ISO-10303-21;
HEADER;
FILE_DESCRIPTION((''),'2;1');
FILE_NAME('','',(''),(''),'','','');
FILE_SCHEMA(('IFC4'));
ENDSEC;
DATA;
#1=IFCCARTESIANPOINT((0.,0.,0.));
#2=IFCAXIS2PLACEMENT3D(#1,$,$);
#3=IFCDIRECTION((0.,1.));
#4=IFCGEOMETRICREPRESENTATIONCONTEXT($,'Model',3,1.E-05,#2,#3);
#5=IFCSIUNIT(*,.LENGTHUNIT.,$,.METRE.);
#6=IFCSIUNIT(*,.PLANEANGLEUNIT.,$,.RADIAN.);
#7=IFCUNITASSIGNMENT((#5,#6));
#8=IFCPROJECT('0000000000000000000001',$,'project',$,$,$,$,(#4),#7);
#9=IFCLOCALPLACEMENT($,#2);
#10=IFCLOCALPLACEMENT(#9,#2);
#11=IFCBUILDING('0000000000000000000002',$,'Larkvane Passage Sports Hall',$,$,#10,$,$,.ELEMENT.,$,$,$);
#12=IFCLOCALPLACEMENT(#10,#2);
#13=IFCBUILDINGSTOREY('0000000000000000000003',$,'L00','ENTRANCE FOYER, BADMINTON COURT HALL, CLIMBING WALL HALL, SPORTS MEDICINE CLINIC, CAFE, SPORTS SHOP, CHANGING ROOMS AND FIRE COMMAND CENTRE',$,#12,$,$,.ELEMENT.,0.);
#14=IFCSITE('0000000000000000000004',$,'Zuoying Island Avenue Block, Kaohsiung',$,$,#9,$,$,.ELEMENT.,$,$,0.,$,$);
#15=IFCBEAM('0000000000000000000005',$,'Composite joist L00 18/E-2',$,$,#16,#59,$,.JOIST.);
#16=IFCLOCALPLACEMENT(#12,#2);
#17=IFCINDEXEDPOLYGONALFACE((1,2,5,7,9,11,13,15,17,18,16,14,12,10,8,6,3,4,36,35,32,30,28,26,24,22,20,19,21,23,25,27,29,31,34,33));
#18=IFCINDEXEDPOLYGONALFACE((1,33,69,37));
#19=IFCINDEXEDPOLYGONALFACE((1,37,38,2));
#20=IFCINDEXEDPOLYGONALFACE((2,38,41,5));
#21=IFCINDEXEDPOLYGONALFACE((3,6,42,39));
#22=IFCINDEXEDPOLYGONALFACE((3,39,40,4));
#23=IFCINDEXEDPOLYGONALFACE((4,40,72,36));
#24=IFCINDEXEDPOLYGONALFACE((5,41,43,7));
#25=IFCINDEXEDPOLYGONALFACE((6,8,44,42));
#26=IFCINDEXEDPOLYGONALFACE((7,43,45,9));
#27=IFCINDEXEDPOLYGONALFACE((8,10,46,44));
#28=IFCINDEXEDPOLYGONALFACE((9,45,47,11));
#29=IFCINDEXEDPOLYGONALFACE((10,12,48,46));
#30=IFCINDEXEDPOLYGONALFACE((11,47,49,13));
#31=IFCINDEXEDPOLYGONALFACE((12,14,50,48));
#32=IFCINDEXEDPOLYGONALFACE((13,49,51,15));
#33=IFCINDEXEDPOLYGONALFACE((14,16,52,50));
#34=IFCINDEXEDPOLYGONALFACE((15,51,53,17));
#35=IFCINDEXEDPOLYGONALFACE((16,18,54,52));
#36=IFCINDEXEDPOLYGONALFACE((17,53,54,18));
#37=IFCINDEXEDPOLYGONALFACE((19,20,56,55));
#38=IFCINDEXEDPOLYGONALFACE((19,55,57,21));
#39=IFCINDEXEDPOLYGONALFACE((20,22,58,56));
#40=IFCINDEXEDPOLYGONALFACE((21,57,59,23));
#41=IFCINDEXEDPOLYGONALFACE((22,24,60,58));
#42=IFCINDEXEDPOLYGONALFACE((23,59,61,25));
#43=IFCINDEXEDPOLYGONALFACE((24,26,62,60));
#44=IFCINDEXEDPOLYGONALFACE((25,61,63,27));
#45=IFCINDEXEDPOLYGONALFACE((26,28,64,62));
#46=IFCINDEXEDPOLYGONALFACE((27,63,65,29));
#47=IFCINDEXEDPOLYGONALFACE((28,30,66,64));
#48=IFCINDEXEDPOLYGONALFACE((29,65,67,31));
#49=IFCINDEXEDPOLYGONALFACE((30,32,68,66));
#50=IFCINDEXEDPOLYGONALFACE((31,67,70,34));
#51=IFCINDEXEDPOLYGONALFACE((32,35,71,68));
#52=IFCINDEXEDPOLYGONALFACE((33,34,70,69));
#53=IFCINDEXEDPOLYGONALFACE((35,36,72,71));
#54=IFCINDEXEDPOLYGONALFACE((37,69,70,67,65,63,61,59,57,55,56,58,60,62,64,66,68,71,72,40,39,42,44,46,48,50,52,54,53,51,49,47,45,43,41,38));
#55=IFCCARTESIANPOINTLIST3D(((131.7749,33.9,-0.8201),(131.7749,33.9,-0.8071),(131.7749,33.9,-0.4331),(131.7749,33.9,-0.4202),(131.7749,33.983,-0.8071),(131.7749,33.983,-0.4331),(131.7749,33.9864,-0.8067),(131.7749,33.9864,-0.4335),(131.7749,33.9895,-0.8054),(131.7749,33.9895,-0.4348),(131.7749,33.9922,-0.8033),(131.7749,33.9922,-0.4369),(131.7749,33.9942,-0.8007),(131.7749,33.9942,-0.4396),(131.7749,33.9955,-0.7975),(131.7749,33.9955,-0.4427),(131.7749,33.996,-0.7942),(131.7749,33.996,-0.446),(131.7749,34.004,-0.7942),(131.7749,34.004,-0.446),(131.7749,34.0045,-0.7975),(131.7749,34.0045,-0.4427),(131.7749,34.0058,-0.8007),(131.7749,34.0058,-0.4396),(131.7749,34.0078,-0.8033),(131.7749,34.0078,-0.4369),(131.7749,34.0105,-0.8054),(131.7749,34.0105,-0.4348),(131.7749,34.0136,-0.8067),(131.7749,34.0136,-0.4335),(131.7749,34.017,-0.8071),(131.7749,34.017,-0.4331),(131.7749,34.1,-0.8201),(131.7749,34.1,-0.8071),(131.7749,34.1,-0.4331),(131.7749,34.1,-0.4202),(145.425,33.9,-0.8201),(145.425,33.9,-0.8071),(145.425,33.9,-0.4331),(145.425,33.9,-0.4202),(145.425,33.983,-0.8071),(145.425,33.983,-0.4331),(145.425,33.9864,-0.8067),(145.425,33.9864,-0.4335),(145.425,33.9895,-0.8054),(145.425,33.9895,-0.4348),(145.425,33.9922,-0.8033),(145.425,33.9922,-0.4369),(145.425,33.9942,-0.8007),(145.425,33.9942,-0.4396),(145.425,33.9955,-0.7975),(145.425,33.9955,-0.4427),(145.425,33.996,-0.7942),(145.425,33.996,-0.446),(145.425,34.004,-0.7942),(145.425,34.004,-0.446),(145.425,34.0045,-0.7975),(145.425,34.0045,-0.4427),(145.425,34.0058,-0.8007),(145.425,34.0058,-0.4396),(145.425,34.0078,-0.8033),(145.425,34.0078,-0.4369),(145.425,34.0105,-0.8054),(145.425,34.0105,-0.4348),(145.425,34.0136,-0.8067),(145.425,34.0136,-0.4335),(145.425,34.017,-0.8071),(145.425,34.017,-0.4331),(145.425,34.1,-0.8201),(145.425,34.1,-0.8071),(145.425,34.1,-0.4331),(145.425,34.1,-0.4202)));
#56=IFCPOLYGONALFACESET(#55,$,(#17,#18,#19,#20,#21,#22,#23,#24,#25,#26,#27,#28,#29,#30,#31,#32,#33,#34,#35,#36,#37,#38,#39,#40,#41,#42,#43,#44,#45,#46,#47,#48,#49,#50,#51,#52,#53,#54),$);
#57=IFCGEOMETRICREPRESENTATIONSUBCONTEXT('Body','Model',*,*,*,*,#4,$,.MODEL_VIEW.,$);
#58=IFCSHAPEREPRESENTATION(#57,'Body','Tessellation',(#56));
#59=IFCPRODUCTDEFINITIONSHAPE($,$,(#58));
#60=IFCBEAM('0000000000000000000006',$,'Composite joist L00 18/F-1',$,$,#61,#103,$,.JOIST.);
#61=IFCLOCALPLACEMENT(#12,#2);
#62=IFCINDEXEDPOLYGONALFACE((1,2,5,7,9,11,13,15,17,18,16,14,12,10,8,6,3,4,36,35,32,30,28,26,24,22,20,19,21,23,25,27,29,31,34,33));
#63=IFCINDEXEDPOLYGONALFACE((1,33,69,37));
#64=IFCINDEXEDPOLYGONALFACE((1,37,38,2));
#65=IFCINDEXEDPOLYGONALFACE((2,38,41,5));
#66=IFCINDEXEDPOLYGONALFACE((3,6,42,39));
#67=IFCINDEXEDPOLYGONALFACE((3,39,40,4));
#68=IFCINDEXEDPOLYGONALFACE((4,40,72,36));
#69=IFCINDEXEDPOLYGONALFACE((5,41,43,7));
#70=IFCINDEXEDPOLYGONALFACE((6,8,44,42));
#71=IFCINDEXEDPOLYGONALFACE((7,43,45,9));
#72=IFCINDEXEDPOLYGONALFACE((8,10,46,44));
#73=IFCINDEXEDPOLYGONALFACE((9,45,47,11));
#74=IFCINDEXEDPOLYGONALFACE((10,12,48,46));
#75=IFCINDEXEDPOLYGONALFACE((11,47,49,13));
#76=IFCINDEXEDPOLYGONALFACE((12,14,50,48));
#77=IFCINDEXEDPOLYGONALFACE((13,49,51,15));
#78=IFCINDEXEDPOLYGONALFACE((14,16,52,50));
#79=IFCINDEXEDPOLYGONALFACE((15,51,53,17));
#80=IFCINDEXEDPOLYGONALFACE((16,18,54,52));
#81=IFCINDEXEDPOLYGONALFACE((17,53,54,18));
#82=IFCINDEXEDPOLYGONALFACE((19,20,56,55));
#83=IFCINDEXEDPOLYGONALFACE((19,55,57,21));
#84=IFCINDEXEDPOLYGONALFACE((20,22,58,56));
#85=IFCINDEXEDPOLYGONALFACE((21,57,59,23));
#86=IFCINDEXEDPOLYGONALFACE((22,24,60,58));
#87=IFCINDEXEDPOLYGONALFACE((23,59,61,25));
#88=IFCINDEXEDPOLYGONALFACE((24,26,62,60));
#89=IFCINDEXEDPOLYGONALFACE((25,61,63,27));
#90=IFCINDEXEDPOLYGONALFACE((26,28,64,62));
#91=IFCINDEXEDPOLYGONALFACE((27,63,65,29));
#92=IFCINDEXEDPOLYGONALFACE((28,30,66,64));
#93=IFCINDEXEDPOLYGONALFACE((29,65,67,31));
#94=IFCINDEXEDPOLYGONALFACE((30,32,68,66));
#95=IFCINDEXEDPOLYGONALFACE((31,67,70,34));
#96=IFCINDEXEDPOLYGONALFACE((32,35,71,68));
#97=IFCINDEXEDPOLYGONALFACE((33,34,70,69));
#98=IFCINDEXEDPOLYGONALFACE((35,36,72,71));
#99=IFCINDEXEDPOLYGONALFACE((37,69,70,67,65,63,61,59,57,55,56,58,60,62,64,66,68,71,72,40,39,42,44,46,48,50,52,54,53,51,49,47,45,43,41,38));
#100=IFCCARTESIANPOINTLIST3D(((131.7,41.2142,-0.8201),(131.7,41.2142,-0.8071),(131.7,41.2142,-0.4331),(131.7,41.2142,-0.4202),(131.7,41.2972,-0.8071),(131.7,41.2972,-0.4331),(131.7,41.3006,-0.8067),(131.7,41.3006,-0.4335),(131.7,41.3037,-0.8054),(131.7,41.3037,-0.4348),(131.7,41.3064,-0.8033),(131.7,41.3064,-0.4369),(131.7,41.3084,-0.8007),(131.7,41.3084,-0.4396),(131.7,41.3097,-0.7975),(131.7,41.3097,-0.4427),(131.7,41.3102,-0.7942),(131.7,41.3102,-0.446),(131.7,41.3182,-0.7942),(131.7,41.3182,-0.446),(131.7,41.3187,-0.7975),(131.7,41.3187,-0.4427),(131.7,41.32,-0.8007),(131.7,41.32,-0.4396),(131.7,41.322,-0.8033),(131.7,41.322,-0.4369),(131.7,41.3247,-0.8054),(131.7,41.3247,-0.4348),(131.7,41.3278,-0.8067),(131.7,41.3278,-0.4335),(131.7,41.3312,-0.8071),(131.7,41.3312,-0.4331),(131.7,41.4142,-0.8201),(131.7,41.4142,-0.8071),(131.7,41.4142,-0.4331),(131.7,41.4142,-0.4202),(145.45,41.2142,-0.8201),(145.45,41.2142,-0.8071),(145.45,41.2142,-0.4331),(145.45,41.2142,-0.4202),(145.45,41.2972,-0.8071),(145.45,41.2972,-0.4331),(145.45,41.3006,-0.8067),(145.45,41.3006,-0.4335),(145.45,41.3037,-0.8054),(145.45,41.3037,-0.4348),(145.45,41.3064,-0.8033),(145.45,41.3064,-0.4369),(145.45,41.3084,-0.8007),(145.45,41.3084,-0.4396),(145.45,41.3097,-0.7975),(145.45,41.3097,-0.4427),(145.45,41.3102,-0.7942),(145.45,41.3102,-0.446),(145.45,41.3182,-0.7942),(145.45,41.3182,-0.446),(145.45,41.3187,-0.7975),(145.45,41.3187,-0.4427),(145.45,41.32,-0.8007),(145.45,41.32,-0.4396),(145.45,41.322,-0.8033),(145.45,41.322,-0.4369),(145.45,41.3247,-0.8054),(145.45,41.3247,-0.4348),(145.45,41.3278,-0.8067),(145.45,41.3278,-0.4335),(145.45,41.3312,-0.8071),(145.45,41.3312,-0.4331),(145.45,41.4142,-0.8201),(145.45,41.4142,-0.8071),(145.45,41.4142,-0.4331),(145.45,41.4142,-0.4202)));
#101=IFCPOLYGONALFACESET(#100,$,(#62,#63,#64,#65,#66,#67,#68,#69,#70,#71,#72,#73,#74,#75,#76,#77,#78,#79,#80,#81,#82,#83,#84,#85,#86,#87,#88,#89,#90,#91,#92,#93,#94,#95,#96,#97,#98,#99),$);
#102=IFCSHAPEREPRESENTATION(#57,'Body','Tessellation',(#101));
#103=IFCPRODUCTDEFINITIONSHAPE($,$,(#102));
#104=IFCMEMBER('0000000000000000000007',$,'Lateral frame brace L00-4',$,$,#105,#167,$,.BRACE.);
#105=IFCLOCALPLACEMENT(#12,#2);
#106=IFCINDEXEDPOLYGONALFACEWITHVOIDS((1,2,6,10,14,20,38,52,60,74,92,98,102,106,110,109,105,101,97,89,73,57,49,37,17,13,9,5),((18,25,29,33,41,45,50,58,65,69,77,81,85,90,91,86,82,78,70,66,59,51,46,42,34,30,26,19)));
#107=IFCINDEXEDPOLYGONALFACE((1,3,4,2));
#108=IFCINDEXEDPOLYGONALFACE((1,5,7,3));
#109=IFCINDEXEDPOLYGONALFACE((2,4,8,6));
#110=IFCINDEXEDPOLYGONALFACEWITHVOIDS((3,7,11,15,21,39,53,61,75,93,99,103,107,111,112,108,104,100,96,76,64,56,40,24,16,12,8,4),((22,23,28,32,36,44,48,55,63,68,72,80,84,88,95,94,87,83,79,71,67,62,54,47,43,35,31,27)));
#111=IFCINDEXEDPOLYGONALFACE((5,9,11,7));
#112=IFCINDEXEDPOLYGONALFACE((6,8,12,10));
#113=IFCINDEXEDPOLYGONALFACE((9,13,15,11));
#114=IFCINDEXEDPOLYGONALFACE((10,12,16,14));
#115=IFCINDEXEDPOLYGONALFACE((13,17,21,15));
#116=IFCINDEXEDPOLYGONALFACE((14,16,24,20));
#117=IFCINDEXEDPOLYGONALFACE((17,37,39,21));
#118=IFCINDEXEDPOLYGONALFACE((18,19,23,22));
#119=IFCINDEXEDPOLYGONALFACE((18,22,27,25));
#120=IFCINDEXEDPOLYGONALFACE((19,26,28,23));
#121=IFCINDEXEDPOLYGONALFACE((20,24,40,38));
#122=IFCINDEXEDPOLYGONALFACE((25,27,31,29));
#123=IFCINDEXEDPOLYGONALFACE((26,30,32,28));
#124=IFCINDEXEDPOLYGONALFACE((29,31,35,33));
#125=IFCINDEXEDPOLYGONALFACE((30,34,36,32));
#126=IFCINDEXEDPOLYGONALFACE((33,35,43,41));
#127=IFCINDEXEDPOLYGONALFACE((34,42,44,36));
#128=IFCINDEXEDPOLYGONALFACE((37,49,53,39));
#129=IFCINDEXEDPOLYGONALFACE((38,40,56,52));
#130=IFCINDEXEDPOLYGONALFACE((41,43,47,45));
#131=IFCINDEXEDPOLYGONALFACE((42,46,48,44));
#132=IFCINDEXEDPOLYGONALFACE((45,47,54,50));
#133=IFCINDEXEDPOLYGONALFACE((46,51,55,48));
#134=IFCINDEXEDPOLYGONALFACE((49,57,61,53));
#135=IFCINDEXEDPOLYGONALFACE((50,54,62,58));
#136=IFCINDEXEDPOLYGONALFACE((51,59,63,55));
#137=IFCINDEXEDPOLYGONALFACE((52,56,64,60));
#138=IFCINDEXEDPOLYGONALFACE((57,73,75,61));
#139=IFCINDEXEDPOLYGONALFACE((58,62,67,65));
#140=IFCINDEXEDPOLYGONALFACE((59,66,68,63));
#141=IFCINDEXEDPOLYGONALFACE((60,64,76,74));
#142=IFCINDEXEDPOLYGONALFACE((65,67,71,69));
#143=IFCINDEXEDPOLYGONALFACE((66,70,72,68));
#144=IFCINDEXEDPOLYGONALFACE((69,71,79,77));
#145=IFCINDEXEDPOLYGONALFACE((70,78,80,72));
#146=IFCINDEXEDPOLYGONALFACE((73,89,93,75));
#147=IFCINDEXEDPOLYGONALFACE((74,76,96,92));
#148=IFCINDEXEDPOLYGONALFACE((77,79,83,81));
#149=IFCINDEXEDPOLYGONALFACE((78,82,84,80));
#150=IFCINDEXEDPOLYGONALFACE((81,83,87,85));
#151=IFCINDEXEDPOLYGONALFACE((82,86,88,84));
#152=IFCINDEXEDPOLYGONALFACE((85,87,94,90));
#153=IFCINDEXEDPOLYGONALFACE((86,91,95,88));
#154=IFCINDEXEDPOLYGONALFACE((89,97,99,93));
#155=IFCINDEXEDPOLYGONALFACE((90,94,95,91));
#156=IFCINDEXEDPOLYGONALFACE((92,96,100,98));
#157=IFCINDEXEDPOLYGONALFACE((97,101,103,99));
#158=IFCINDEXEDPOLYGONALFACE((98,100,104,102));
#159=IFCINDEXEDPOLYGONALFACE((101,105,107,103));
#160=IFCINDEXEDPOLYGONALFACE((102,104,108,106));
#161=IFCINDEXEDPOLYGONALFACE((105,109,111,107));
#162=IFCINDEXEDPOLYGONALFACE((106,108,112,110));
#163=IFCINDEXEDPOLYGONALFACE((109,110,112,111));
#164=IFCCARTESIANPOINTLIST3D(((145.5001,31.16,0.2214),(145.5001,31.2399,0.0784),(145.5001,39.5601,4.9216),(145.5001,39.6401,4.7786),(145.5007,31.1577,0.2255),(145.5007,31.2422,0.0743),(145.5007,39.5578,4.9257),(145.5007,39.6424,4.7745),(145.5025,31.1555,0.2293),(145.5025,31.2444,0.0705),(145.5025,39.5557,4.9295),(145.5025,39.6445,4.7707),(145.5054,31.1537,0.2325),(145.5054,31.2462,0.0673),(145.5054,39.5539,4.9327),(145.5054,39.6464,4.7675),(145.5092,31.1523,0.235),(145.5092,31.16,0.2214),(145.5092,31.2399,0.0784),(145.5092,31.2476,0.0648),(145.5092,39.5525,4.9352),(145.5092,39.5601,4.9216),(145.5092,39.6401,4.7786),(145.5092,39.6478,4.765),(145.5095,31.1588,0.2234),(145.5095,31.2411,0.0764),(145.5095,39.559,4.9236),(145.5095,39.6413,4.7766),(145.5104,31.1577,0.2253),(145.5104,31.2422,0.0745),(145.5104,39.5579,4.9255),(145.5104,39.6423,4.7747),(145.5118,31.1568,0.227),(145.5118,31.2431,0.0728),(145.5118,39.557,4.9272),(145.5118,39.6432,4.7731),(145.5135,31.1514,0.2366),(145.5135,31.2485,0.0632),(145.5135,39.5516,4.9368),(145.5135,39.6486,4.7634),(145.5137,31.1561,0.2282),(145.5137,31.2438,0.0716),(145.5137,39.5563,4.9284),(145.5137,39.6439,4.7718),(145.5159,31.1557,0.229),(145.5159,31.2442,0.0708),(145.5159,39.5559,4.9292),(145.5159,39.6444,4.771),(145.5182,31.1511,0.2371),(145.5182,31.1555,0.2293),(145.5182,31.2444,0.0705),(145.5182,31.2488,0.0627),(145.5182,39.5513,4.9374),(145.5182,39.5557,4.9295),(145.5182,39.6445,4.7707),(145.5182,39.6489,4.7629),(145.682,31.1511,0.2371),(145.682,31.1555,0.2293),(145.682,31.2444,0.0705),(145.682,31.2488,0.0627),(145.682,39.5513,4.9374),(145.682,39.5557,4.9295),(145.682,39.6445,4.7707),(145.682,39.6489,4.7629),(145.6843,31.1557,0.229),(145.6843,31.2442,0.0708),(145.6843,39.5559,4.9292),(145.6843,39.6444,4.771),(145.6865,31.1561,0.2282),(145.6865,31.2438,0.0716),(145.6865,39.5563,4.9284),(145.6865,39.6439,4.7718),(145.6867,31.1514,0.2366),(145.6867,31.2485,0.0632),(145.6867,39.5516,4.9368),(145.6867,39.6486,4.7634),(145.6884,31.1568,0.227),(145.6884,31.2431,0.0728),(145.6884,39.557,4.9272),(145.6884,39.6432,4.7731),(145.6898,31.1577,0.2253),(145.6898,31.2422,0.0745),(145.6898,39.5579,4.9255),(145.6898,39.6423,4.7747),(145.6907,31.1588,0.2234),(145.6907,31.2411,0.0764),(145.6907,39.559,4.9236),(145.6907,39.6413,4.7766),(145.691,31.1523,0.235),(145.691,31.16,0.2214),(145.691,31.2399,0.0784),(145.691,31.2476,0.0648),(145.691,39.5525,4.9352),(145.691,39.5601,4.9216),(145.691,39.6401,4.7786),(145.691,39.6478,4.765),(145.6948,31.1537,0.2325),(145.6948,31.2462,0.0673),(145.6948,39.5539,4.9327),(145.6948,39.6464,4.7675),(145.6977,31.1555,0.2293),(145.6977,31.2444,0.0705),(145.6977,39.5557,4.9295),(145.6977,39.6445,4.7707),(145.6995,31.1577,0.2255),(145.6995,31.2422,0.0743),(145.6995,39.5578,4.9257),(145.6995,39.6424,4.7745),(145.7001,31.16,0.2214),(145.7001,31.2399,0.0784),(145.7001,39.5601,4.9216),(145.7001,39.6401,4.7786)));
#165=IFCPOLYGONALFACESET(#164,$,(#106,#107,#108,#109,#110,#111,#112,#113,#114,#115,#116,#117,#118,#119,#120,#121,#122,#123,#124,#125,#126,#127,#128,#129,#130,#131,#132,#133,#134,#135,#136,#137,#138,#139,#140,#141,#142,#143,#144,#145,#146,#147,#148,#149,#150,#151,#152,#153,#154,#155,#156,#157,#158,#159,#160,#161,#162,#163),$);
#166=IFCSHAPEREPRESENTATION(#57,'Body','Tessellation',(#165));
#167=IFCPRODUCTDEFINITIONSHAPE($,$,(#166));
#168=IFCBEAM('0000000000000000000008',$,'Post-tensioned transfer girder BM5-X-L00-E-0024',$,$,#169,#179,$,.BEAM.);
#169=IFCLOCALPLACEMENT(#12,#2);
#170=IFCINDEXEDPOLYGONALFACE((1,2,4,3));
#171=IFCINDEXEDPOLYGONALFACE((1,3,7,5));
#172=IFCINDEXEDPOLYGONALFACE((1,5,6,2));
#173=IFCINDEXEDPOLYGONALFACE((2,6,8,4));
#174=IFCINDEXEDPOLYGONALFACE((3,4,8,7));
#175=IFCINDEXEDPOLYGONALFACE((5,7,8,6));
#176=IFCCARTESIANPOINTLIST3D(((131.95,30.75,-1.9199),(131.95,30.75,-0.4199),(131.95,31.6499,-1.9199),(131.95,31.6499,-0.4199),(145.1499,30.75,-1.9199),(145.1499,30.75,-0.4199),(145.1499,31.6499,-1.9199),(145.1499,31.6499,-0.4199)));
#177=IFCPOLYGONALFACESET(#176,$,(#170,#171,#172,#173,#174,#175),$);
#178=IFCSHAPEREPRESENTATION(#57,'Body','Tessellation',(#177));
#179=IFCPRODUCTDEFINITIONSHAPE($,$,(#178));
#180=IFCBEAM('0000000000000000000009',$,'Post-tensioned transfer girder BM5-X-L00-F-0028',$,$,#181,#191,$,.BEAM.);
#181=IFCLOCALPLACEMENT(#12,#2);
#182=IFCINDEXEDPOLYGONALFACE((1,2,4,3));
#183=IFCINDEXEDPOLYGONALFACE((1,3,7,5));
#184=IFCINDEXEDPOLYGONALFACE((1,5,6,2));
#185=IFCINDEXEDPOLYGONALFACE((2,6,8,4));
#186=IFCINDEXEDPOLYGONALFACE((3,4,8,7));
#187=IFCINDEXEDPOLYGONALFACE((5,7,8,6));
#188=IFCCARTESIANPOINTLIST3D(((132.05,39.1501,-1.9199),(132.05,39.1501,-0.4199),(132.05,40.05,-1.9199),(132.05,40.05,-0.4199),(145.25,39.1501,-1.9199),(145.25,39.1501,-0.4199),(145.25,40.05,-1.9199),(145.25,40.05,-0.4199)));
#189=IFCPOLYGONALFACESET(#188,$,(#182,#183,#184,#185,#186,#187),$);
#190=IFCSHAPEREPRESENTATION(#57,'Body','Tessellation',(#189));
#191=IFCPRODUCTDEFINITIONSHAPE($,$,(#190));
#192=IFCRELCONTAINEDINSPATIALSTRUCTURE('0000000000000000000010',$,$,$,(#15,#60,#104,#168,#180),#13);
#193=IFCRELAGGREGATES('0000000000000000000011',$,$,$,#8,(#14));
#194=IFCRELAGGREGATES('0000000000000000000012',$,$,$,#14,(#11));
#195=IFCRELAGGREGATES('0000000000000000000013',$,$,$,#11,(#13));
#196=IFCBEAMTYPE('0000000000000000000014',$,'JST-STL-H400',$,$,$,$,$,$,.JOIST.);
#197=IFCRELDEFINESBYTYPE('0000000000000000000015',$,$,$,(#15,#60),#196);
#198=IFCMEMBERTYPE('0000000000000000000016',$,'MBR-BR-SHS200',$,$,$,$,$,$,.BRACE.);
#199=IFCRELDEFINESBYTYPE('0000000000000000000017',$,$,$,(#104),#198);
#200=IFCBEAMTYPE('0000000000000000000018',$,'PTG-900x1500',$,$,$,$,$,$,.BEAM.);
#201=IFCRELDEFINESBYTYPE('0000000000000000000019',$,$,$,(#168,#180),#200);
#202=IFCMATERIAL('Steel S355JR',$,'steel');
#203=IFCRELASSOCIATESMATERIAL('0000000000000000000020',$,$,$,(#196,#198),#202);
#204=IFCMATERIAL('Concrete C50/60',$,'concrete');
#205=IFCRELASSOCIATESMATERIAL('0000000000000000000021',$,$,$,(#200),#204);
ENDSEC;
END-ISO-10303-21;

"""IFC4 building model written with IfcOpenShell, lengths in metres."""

from ifc_helpers import new_model, si_unit, direction, frame, origin, origin_2d, place, context, subcontext, project, spatial, rectangle, hollow_rectangle, i_section, extrude, material, material_profile, profile_set, type_object, element, save


model = new_model("IFC4")

# Units and contexts
model_context = context("Model", 3, precision=1e-05, world=origin(), true_north=direction((0.0, 1.0)))
body_context = subcontext(model_context, "Body", "Model", "MODEL_VIEW")
ifc_project = project(units=[si_unit("LENGTHUNIT", "METRE"), si_unit("PLANEANGLEUNIT", "RADIAN")], contexts=[model_context])

# Site, building, storey
site_placement = place(None, origin())
site = spatial("IfcSite", under=ifc_project, at=site_placement, Name="Zuoying Island Avenue Block, Kaohsiung", CompositionType="ELEMENT", RefElevation=0.0)
building_placement = place(site_placement, origin())
building = spatial("IfcBuilding", under=site, at=building_placement, Name="Larkvane Passage Sports Hall", CompositionType="ELEMENT")
storey_placement = place(building_placement, origin())
storey = spatial("IfcBuildingStorey", under=building, at=storey_placement, Name="L00", Description="ENTRANCE FOYER, BADMINTON COURT HALL, CLIMBING WALL HALL, SPORTS MEDICINE CLINIC, CAFE, SPORTS SHOP, CHANGING ROOMS AND FIRE COMMAND CENTRE", CompositionType="ELEMENT", Elevation=0.0)

# Beams
ifc_material_1 = material(Name="Steel S355JR", Category="steel")
ifc_material_profile_1 = material_profile(ifc_material_1, i_section(OverallWidth=0.2, OverallDepth=0.3999, WebThickness=0.0081, FlangeThickness=0.0129, FilletRadius=0.0129, at=origin_2d()), Name="H-400x200x8x13")
ifc_profile_set_1 = profile_set([ifc_material_profile_1], Name="Steel S355JR")
beam_type_1 = type_object("IfcBeamType", Name="JST-STL-H400", PredefinedType="JOIST", material=ifc_profile_set_1)
beam_1_placement = place(storey_placement, frame((131.7749, 34.0, -0.6201), z_axis=(1.0, 0.0, 0.0), x_axis=(0.0, 1.0, 0.0)))
element("IfcBeam", 1, at=beam_1_placement, inside=storey, type_object=beam_type_1, Name="Composite joist L00 18/E-2", PredefinedType="JOIST", context=body_context, shape_type="SweptSolid", body=[
    extrude(i_section(OverallWidth=0.2, OverallDepth=0.3999, WebThickness=0.0081, FlangeThickness=0.0129, FilletRadius=0.0129, at=origin_2d()), origin(), (0.0, 0.0, 1.0), 13.6501),
])
beam_2_placement = place(storey_placement, frame((131.7, 41.3142, -0.6201), z_axis=(1.0, 0.0, 0.0), x_axis=(0.0, 1.0, 0.0)))
element("IfcBeam", 2, at=beam_2_placement, inside=storey, type_object=beam_type_1, Name="Composite joist L00 18/F-1", PredefinedType="JOIST", context=body_context, shape_type="SweptSolid", body=[
    extrude(i_section(OverallWidth=0.2, OverallDepth=0.3999, WebThickness=0.0081, FlangeThickness=0.0129, FilletRadius=0.0129, at=origin_2d()), origin(), (0.0, 0.0, 1.0), 13.75),
])

# Member
ifc_material_profile_2 = material_profile(ifc_material_1, hollow_rectangle(XDim=0.2, YDim=0.2, WallThickness=0.009, InnerFilletRadius=0.009, OuterFilletRadius=0.0181, at=origin_2d()), Name="SHS-200x200x9")
ifc_profile_set_2 = profile_set([ifc_material_profile_2], Name="Steel S355JR")
member_type = type_object("IfcMemberType", Name="MBR-BR-SHS200", PredefinedType="BRACE", material=ifc_profile_set_2)
member_placement = place(storey_placement, frame((145.6001, 31.2, 0.1499), z_axis=(0.0, 0.872678, 0.488296), x_axis=(-1.0, 0.0, 0.0)))
element("IfcMember", 3, at=member_placement, inside=storey, type_object=member_type, Name="Lateral frame brace L00-4", PredefinedType="BRACE", context=body_context, shape_type="SweptSolid", body=[
    extrude(hollow_rectangle(XDim=0.2, YDim=0.2, WallThickness=0.009, InnerFilletRadius=0.009, OuterFilletRadius=0.0181, at=origin_2d()), origin(), (0.0, 0.0, 1.0), 9.6257),
])

# Beams
ifc_material_2 = material(Name="Concrete C50/60", Category="concrete")
ifc_material_profile_3 = material_profile(ifc_material_2, rectangle(XDim=0.8999, YDim=1.5, at=origin_2d()), Name="PT-GIR-900x1500")
ifc_profile_set_3 = profile_set([ifc_material_profile_3], Name="Concrete C50/60")
beam_type_2 = type_object("IfcBeamType", Name="PTG-900x1500", PredefinedType="BEAM", material=ifc_profile_set_3)
for number, where, z_axis, x_axis, name in (
    (4, (131.95, 31.2, -1.1699), (1.0, 0.0, 0.0), (0.0, 1.0, 0.0), "Post-tensioned transfer girder BM5-X-L00-E-0024"),
    (5, (132.05, 39.6001, -1.1699), (1.0, 0.0, 0.0), (0.0, 1.0, 0.0), "Post-tensioned transfer girder BM5-X-L00-F-0028"),
):
    element("IfcBeam", number, at=place(storey_placement, frame(where, z_axis=z_axis, x_axis=x_axis)), inside=storey, type_object=beam_type_2, Name=name, PredefinedType="BEAM", context=body_context, shape_type="SweptSolid", body=[
        extrude(rectangle(XDim=0.8999, YDim=1.5, at=origin_2d()), origin(), (0.0, 0.0, 1.0), 13.2),
    ])

save(model, "model.ifc")
